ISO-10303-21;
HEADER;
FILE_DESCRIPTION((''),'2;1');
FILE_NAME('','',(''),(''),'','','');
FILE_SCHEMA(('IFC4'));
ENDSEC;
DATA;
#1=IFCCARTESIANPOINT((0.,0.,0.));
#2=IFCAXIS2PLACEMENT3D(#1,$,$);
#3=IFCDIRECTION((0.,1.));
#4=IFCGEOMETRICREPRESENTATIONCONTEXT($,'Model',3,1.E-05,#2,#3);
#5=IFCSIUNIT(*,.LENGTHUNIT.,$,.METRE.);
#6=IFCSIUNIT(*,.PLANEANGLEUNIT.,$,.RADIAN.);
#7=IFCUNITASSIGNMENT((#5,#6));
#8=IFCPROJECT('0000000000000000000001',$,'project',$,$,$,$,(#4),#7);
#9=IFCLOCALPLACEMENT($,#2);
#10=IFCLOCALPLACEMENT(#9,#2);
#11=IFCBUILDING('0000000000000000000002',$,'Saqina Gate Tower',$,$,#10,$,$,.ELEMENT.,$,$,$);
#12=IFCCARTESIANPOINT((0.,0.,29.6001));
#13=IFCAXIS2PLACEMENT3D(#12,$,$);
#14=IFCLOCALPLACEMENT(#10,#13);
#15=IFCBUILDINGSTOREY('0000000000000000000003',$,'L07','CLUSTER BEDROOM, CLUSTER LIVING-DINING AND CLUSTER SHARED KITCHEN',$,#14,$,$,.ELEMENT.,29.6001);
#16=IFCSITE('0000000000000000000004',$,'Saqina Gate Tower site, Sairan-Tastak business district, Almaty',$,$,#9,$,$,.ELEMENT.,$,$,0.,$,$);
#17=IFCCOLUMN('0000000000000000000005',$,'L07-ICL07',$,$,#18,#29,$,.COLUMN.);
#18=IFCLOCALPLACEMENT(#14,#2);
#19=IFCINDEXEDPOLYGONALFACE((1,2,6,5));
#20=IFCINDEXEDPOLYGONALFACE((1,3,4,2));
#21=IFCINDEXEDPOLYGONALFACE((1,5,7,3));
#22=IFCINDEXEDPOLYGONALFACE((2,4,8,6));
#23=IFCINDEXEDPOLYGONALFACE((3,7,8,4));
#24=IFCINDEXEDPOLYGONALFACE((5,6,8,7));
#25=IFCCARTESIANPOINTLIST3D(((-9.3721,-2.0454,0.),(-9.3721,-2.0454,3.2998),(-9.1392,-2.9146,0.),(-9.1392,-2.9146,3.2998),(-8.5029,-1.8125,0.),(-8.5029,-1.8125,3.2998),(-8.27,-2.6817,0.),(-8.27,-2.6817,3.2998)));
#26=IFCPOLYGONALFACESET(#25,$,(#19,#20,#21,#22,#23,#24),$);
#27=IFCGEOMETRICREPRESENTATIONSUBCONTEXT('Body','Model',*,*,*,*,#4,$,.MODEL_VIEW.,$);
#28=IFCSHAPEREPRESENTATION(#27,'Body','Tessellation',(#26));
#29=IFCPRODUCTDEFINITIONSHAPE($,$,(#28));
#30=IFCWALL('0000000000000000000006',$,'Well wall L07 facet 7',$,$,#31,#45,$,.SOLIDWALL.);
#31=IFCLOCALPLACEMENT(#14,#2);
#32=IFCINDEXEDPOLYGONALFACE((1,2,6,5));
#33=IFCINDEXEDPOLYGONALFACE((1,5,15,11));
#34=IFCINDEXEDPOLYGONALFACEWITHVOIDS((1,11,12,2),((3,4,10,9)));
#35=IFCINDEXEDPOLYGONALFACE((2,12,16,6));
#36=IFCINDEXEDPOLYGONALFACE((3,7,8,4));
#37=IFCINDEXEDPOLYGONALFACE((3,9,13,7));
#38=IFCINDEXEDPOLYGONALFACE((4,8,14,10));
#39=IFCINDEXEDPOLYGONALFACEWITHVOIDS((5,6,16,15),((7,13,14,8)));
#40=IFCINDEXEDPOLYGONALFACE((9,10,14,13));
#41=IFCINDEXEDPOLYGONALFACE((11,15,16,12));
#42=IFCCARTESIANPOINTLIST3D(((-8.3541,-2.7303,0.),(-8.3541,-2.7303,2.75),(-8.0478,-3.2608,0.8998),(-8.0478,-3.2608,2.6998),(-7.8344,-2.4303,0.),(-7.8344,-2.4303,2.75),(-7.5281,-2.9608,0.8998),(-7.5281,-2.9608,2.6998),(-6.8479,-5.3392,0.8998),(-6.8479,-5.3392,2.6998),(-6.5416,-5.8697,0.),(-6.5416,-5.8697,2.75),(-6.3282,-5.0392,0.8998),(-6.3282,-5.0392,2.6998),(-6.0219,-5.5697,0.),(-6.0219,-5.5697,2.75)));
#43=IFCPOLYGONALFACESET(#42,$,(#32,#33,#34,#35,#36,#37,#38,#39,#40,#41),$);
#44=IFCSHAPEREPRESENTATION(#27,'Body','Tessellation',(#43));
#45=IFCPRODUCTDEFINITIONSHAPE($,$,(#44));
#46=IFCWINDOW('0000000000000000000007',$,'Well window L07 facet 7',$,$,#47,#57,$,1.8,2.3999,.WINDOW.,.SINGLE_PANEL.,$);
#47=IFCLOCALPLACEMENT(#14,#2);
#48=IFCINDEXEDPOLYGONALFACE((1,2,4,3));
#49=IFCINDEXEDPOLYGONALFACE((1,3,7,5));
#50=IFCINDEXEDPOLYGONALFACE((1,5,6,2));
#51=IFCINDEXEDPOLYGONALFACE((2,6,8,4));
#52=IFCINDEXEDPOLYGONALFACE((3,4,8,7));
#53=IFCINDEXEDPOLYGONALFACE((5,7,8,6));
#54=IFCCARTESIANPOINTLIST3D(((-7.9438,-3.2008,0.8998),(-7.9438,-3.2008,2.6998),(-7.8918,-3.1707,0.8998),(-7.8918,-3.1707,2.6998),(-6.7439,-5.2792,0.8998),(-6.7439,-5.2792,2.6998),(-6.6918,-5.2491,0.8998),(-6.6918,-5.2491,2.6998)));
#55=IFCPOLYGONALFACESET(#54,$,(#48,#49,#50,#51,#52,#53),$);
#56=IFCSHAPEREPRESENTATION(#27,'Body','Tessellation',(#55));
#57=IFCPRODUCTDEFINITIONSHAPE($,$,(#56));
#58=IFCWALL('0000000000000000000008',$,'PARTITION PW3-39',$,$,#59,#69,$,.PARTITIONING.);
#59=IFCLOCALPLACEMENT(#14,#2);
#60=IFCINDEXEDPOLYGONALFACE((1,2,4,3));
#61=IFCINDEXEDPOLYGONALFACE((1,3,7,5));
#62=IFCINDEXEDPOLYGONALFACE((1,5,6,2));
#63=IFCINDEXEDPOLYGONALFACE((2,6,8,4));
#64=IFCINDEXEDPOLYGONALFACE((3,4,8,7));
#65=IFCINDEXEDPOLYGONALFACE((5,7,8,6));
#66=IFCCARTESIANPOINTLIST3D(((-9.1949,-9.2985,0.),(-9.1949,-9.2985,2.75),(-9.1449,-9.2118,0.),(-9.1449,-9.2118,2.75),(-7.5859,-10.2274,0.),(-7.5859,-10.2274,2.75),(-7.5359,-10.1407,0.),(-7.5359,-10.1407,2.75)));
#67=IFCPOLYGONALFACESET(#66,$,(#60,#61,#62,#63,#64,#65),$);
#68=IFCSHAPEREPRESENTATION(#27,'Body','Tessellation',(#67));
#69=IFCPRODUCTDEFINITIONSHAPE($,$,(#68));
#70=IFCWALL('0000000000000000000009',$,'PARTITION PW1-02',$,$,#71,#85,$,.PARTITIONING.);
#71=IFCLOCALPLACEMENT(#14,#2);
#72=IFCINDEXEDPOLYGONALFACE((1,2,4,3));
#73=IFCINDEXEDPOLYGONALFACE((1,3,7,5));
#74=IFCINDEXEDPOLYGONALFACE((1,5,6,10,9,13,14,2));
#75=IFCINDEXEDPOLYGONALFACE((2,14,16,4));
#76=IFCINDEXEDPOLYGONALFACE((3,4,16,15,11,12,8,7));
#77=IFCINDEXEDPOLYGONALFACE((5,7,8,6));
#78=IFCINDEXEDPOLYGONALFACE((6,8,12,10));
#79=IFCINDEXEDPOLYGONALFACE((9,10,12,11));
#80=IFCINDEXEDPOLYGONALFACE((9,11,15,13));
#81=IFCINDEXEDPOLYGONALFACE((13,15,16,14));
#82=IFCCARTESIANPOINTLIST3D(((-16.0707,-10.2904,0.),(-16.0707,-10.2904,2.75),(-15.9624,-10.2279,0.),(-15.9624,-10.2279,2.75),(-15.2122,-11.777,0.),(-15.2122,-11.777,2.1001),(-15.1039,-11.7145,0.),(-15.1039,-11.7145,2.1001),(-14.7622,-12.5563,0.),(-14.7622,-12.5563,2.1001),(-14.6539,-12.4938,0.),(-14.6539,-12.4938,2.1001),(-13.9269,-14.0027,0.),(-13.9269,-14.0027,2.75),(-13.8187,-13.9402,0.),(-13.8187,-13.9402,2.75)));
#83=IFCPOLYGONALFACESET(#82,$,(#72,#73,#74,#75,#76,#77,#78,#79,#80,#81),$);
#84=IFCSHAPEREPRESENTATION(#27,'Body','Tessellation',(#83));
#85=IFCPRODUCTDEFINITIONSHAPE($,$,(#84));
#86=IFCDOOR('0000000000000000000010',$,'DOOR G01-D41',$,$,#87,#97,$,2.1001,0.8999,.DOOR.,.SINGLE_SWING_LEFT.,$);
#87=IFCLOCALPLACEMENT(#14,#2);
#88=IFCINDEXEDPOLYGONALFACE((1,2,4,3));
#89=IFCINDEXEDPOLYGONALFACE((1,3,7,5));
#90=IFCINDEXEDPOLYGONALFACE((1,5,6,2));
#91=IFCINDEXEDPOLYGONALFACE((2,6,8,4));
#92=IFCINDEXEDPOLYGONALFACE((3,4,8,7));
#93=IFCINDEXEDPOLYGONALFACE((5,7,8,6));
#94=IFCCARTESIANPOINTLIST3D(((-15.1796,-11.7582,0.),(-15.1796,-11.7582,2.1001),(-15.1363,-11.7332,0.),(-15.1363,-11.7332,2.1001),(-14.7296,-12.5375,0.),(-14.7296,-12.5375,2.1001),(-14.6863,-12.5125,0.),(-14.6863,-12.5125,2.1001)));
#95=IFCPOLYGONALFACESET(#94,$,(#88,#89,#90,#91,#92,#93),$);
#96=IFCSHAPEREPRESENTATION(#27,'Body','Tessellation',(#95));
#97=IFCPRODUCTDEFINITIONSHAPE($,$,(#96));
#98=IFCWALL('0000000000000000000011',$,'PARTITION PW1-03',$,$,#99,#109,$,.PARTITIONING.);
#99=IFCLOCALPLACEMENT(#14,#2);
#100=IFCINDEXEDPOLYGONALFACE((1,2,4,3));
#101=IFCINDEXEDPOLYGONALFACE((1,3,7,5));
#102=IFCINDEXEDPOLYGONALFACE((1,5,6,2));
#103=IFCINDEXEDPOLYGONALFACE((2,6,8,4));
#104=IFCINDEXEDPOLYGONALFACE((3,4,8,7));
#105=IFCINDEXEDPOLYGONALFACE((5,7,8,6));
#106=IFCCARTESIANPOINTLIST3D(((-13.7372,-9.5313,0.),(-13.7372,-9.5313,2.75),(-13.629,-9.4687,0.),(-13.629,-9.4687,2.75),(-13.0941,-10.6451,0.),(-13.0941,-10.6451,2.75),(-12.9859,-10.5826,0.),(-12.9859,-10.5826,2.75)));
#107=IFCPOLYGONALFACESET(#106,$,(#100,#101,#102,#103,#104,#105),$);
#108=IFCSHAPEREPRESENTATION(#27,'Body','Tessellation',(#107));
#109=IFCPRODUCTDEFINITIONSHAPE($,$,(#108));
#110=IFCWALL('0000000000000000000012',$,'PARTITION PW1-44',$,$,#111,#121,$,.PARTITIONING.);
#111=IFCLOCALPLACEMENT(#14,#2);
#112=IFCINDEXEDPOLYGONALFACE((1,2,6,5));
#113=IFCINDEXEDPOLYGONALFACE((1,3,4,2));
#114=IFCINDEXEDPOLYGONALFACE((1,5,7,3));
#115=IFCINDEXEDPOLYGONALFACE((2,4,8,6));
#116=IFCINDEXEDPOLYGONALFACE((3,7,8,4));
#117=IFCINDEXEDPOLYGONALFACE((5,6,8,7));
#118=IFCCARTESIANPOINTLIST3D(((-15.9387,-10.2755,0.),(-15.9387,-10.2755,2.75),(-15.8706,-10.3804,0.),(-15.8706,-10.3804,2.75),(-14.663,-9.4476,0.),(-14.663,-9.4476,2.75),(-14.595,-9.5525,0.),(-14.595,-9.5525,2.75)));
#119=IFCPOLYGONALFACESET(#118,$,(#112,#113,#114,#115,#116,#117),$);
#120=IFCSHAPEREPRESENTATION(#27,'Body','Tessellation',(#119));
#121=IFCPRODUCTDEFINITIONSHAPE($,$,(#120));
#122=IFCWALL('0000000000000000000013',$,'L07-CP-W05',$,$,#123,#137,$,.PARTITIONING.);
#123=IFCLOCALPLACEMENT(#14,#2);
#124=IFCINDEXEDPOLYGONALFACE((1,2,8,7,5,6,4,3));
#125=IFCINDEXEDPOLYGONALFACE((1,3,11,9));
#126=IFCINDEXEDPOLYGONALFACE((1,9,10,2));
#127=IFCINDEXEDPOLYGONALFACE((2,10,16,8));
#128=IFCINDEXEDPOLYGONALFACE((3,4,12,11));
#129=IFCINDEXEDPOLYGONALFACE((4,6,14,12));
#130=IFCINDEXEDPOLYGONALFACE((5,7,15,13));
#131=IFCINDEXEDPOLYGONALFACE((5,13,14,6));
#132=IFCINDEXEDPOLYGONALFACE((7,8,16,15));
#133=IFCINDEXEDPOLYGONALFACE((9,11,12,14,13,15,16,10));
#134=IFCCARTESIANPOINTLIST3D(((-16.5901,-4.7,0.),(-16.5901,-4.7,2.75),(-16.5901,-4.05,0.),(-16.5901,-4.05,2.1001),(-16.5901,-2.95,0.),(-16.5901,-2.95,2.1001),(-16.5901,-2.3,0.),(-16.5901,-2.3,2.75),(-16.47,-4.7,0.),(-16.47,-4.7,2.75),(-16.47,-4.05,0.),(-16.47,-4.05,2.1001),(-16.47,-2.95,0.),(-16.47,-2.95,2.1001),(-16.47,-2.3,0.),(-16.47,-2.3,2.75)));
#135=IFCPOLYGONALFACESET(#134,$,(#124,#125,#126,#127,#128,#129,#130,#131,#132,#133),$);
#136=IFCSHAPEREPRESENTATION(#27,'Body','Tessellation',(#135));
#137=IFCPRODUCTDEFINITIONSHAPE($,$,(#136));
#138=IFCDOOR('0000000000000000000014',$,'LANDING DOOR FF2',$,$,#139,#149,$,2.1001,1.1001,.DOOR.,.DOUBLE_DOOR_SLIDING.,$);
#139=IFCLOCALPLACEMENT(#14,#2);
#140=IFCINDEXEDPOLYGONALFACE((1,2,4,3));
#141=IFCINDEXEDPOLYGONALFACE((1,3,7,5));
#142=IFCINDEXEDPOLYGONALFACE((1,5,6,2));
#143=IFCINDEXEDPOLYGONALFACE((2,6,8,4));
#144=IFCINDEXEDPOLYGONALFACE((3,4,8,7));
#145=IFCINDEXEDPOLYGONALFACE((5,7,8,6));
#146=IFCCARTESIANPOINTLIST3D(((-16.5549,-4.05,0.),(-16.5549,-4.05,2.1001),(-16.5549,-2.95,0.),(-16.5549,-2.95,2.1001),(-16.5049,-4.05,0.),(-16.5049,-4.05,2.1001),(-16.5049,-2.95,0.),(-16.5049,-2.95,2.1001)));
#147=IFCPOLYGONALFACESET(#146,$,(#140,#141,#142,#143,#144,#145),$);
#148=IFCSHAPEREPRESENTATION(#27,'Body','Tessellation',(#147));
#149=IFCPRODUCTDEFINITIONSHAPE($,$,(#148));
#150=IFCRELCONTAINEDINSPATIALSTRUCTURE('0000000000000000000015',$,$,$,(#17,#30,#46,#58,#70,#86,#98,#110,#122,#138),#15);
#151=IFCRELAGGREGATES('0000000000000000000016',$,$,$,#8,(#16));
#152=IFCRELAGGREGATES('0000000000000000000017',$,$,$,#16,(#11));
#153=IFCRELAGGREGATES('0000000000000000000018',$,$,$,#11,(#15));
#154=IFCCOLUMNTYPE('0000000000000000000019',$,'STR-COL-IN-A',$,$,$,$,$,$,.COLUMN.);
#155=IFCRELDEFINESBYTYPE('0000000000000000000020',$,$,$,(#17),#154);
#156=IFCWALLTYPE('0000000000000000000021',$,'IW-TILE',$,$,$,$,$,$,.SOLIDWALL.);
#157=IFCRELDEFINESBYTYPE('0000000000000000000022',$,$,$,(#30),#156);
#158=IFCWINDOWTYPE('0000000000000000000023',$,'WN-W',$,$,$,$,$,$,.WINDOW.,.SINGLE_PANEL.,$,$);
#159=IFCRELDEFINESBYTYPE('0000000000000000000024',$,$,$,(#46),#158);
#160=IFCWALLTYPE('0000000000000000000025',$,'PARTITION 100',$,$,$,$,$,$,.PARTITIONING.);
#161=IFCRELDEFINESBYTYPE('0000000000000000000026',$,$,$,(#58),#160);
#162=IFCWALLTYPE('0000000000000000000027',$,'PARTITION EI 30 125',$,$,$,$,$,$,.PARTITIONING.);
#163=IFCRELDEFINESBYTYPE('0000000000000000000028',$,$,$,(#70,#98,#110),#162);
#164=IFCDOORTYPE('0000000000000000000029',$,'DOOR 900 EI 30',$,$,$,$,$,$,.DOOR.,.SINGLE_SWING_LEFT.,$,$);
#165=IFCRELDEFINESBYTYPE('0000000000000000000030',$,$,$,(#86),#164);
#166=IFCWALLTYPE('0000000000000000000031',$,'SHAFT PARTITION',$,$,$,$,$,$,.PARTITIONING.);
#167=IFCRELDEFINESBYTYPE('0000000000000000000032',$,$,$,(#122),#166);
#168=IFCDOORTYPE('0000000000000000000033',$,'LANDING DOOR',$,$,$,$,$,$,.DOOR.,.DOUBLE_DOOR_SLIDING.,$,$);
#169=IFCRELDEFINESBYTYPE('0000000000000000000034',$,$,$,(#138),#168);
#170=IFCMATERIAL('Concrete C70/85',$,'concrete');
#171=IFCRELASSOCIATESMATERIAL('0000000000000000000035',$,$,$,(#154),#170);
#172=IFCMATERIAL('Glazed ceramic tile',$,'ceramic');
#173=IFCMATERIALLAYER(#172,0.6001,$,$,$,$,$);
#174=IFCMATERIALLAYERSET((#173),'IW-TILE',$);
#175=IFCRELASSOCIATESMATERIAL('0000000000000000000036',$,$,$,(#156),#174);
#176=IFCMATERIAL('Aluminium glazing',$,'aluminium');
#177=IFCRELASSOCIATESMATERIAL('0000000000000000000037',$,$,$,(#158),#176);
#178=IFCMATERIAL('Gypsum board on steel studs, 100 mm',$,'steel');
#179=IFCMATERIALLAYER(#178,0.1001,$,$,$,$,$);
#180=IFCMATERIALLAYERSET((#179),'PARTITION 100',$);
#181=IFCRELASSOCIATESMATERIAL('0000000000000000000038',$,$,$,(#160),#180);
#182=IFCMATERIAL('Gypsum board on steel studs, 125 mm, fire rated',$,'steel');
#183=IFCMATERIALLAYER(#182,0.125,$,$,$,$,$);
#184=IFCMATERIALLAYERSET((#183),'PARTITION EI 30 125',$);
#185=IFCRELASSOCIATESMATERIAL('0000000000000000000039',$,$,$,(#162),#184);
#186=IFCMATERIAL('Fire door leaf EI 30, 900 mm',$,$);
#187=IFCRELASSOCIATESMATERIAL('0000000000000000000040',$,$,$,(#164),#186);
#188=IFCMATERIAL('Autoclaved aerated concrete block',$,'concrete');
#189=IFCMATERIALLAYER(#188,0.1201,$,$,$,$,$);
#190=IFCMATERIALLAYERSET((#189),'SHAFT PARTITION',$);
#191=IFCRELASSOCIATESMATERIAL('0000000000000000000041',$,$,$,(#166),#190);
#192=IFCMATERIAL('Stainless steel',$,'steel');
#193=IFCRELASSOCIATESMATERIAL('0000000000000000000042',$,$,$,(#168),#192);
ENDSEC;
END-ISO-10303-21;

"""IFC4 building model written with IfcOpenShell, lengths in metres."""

from ifc_helpers import new_model, si_unit, direction, frame, frame_2d, origin, origin_2d, place, context, subcontext, project, spatial, rectangle, extrude, material, layer, layer_set, material_profile, profile_set, type_object, element, fill, save


model = new_model("IFC4")

# Units and contexts
model_context = context("Model", 3, precision=1e-05, world=origin(), true_north=direction((0.0, 1.0)))
body_context = subcontext(model_context, "Body", "Model", "MODEL_VIEW")
ifc_project = project(units=[si_unit("LENGTHUNIT", "METRE"), si_unit("PLANEANGLEUNIT", "RADIAN")], contexts=[model_context])

# Site, building, storey
site_placement = place(None, origin())
site = spatial("IfcSite", under=ifc_project, at=site_placement, Name="Saqina Gate Tower site, Sairan-Tastak business district, Almaty", CompositionType="ELEMENT", RefElevation=0.0)
building_placement = place(site_placement, origin())
building = spatial("IfcBuilding", under=site, at=building_placement, Name="Saqina Gate Tower", CompositionType="ELEMENT")
storey_placement = place(building_placement, frame((0.0, 0.0, 29.6001)))
storey = spatial("IfcBuildingStorey", under=building, at=storey_placement, Name="L07", Description="CLUSTER BEDROOM, CLUSTER LIVING-DINING AND CLUSTER SHARED KITCHEN", CompositionType="ELEMENT", Elevation=29.6001)

# Column
ifc_material_1 = material(Name="Concrete C70/85", Category="concrete")
ifc_material_profile = material_profile(ifc_material_1, rectangle(XDim=0.8999, YDim=0.8999, at=origin_2d()), Name="RC 900x900")
ifc_profile_set = profile_set([ifc_material_profile], Name="Concrete C70/85")
column_type = type_object("IfcColumnType", Name="STR-COL-IN-A", PredefinedType="COLUMN", material=ifc_profile_set)
column_placement = place(storey_placement, frame((-8.821, -2.3635, 0.0), z_axis=(0.0, 0.0, 1.0), x_axis=(-0.965926, -0.258819, 0.0)))
element("IfcColumn", 1, at=column_placement, inside=storey, type_object=column_type, Name="L07-ICL07", PredefinedType="COLUMN", context=body_context, shape_type="SweptSolid", body=[
    extrude(rectangle(XDim=0.8999, YDim=0.8999, at=origin_2d()), origin(), (0.0, 0.0, 1.0), 3.2998),
])

# Wall, opening, window
ifc_material_2 = material(Name="Glazed ceramic tile", Category="ceramic")
ifc_layer_1 = layer(ifc_material_2, 0.6001)
ifc_layer_set_1 = layer_set([ifc_layer_1], Name="IW-TILE")
wall_type_1 = type_object("IfcWallType", Name="IW-TILE", PredefinedType="SOLIDWALL", material=ifc_layer_set_1)
wall_1_placement = place(storey_placement, frame((-8.0942, -2.5803, 0.0), z_axis=(0.0, 0.0, 1.0), x_axis=(0.499993, -0.86603, 0.0)))
wall_1 = element("IfcWall", 2, at=wall_1_placement, inside=storey, type_object=wall_type_1, Name="Well wall L07 facet 7", PredefinedType="SOLIDWALL", context=body_context, shape_type="SweptSolid", body=[
    extrude(rectangle(XDim=3.625, YDim=0.6001, at=frame_2d((1.8125, 0.0))), origin(), (0.0, 0.0, 1.0), 2.75),
])
opening_1_placement = place(wall_1_placement, frame((0.6125, 0.0, 0.8999)))
opening_1 = element("IfcOpeningElement", 3, at=opening_1_placement, cuts=wall_1, PredefinedType="OPENING", context=body_context, shape_type="SweptSolid", body=[
    extrude(rectangle(XDim=2.3999, YDim=1.8, at=frame_2d((1.2, 0.8999))), frame((0.0, 0.312, 0.0), z_axis=(0.0, -1.0, 0.0), x_axis=(1.0, 0.0, 0.0)), (0.0, 0.0, 1.0), 0.624),
])
ifc_material_3 = material(Name="Aluminium glazing", Category="aluminium")
window_type = type_object("IfcWindowType", Name="WN-W", PartitioningType="SINGLE_PANEL", PredefinedType="WINDOW", material=ifc_material_3)
window_placement = place(opening_1_placement, origin())
window = element("IfcWindow", 4, at=window_placement, inside=storey, type_object=window_type, Name="Well window L07 facet 7", OverallHeight=1.8, OverallWidth=2.3999, PartitioningType="SINGLE_PANEL", PredefinedType="WINDOW", context=body_context, shape_type="SweptSolid", body=[
    extrude(rectangle(XDim=2.3999, YDim=1.8, at=frame_2d((1.2, 0.8999))), frame((0.0, -0.1199, 0.0), z_axis=(0.0, -1.0, 0.0), x_axis=(1.0, 0.0, 0.0)), (0.0, 0.0, 1.0), 0.0601),
])
fill(opening_1, window)

# Wall
ifc_material_4 = material(Name="Gypsum board on steel studs, 100 mm", Category="steel")
ifc_layer_2 = layer(ifc_material_4, 0.1001)
ifc_layer_set_2 = layer_set([ifc_layer_2], Name="PARTITION 100")
wall_type_2 = type_object("IfcWallType", Name="PARTITION 100", PredefinedType="PARTITIONING", material=ifc_layer_set_2)
wall_2_placement = place(storey_placement, frame((-9.1699, -9.2551, 0.0), z_axis=(0.0, 0.0, 1.0), x_axis=(0.866043, -0.499969, 0.0)))
element("IfcWall", 5, at=wall_2_placement, inside=storey, type_object=wall_type_2, Name="PARTITION PW3-39", PredefinedType="PARTITIONING", context=body_context, shape_type="SweptSolid", body=[
    extrude(rectangle(XDim=1.8579, YDim=0.1001, at=frame_2d((0.929, 0.0))), origin(), (0.0, 0.0, 1.0), 2.75),
])

# Wall, opening, door
ifc_material_5 = material(Name="Gypsum board on steel studs, 125 mm, fire rated", Category="steel")
ifc_layer_3 = layer(ifc_material_5, 0.125)
ifc_layer_set_3 = layer_set([ifc_layer_3], Name="PARTITION EI 30 125")
wall_type_3 = type_object("IfcWallType", Name="PARTITION EI 30 125", PredefinedType="PARTITIONING", material=ifc_layer_set_3)
wall_3_placement = place(storey_placement, frame((-16.0166, -10.259, 0.0), z_axis=(0.0, 0.0, 1.0), x_axis=(0.500077, -0.865981, 0.0)))
wall_3 = element("IfcWall", 6, at=wall_3_placement, inside=storey, type_object=wall_type_3, Name="PARTITION PW1-02", PredefinedType="PARTITIONING", context=body_context, shape_type="SweptSolid", body=[
    extrude(rectangle(XDim=4.2869, YDim=0.125, at=frame_2d((2.1436, 0.0))), origin(), (0.0, 0.0, 1.0), 2.75),
])
opening_2_placement = place(wall_3_placement, frame((1.7168, 0.0, 0.0)))
opening_2 = element("IfcOpeningElement", 7, at=opening_2_placement, cuts=wall_3, PredefinedType="OPENING", context=body_context, shape_type="SweptSolid", body=[
    extrude(rectangle(XDim=0.8999, YDim=2.1001, at=frame_2d((0.45, 1.05))), frame((0.0, 0.0745, 0.0), z_axis=(0.0, -1.0, 0.0), x_axis=(1.0, 0.0, 0.0)), (0.0, 0.0, 1.0), 0.1489),
])
ifc_material_6 = material(Name="Fire door leaf EI 30, 900 mm")
door_type_1 = type_object("IfcDoorType", Name="DOOR 900 EI 30", OperationType="SINGLE_SWING_LEFT", PredefinedType="DOOR", material=ifc_material_6)
door_1_placement = place(opening_2_placement, frame((0.8999, 0.0, 0.0), z_axis=(0.0, 0.0, 1.0), x_axis=(-1.0, 0.0, 0.0)))
door_1 = element("IfcDoor", 8, at=door_1_placement, inside=storey, type_object=door_type_1, Name="DOOR G01-D41", OperationType="SINGLE_SWING_LEFT", OverallHeight=2.1001, OverallWidth=0.8999, PredefinedType="DOOR", context=body_context, shape_type="SweptSolid", body=[
    extrude(rectangle(XDim=0.8999, YDim=2.1001, at=frame_2d((0.45, 1.05))), frame((0.0, 0.0249, 0.0), z_axis=(0.0, -1.0, 0.0), x_axis=(1.0, 0.0, 0.0)), (0.0, 0.0, 1.0), 0.05),
])
fill(opening_2, door_1)

# Walls
wall_4_placement = place(storey_placement, frame((-13.6831, -9.5, 0.0), z_axis=(0.0, 0.0, 1.0), x_axis=(0.500018, -0.866015, 0.0)))
element("IfcWall", 9, at=wall_4_placement, inside=storey, type_object=wall_type_3, Name="PARTITION PW1-03", PredefinedType="PARTITIONING", context=body_context, shape_type="SweptSolid", body=[
    extrude(rectangle(XDim=1.2861, YDim=0.125, at=frame_2d((0.6431, 0.0))), origin(), (0.0, 0.0, 1.0), 2.75),
])
wall_5_placement = place(storey_placement, frame((-15.9045, -10.3279, 0.0), z_axis=(0.0, 0.0, 1.0), x_axis=(0.838829, 0.544396, 0.0)))
element("IfcWall", 10, at=wall_5_placement, inside=storey, type_object=wall_type_3, Name="PARTITION PW1-44", PredefinedType="PARTITIONING", context=body_context, shape_type="SweptSolid", body=[
    extrude(rectangle(XDim=1.5208, YDim=0.125, at=frame_2d((0.7603, 0.0))), origin(), (0.0, 0.0, 1.0), 2.75),
])

# Wall, opening, door
ifc_material_7 = material(Name="Autoclaved aerated concrete block", Category="concrete")
ifc_layer_4 = layer(ifc_material_7, 0.1201)
ifc_layer_set_4 = layer_set([ifc_layer_4], Name="SHAFT PARTITION")
wall_type_4 = type_object("IfcWallType", Name="SHAFT PARTITION", PredefinedType="PARTITIONING", material=ifc_layer_set_4)
wall_6_placement = place(storey_placement, frame((-16.53, -4.7, 0.0), z_axis=(0.0, 0.0, 1.0), x_axis=(0.0, 1.0, 0.0)))
wall_6 = element("IfcWall", 11, at=wall_6_placement, inside=storey, type_object=wall_type_4, Name="L07-CP-W05", PredefinedType="PARTITIONING", context=body_context, shape_type="SweptSolid", body=[
    extrude(rectangle(XDim=2.3999, YDim=0.1201, at=frame_2d((1.2, 0.0))), origin(), (0.0, 0.0, 1.0), 2.75),
])
opening_3_placement = place(wall_6_placement, frame((0.6499, 0.0, 0.0)))
opening_3 = element("IfcOpeningElement", 12, at=opening_3_placement, cuts=wall_6, PredefinedType="OPENING", context=body_context, shape_type="SweptSolid", body=[
    extrude(rectangle(XDim=1.1001, YDim=2.1001, at=frame_2d((0.55, 1.05))), frame((0.0, 0.072, 0.0), z_axis=(0.0, -1.0, 0.0), x_axis=(1.0, 0.0, 0.0)), (0.0, 0.0, 1.0), 0.144),
])
ifc_material_8 = material(Name="Stainless steel", Category="steel")
door_type_2 = type_object("IfcDoorType", Name="LANDING DOOR", OperationType="DOUBLE_DOOR_SLIDING", PredefinedType="DOOR", material=ifc_material_8)
door_2_placement = place(opening_3_placement, origin())
door_2 = element("IfcDoor", 13, at=door_2_placement, inside=storey, type_object=door_type_2, Name="LANDING DOOR FF2", OperationType="DOUBLE_DOOR_SLIDING", OverallHeight=2.1001, OverallWidth=1.1001, PredefinedType="DOOR", context=body_context, shape_type="SweptSolid", body=[
    extrude(rectangle(XDim=1.1001, YDim=2.1001, at=frame_2d((0.55, 1.05))), frame((0.0, 0.0249, 0.0), z_axis=(0.0, -1.0, 0.0), x_axis=(1.0, 0.0, 0.0)), (0.0, 0.0, 1.0), 0.05),
])
fill(opening_3, door_2)

save(model, "model.ifc")
